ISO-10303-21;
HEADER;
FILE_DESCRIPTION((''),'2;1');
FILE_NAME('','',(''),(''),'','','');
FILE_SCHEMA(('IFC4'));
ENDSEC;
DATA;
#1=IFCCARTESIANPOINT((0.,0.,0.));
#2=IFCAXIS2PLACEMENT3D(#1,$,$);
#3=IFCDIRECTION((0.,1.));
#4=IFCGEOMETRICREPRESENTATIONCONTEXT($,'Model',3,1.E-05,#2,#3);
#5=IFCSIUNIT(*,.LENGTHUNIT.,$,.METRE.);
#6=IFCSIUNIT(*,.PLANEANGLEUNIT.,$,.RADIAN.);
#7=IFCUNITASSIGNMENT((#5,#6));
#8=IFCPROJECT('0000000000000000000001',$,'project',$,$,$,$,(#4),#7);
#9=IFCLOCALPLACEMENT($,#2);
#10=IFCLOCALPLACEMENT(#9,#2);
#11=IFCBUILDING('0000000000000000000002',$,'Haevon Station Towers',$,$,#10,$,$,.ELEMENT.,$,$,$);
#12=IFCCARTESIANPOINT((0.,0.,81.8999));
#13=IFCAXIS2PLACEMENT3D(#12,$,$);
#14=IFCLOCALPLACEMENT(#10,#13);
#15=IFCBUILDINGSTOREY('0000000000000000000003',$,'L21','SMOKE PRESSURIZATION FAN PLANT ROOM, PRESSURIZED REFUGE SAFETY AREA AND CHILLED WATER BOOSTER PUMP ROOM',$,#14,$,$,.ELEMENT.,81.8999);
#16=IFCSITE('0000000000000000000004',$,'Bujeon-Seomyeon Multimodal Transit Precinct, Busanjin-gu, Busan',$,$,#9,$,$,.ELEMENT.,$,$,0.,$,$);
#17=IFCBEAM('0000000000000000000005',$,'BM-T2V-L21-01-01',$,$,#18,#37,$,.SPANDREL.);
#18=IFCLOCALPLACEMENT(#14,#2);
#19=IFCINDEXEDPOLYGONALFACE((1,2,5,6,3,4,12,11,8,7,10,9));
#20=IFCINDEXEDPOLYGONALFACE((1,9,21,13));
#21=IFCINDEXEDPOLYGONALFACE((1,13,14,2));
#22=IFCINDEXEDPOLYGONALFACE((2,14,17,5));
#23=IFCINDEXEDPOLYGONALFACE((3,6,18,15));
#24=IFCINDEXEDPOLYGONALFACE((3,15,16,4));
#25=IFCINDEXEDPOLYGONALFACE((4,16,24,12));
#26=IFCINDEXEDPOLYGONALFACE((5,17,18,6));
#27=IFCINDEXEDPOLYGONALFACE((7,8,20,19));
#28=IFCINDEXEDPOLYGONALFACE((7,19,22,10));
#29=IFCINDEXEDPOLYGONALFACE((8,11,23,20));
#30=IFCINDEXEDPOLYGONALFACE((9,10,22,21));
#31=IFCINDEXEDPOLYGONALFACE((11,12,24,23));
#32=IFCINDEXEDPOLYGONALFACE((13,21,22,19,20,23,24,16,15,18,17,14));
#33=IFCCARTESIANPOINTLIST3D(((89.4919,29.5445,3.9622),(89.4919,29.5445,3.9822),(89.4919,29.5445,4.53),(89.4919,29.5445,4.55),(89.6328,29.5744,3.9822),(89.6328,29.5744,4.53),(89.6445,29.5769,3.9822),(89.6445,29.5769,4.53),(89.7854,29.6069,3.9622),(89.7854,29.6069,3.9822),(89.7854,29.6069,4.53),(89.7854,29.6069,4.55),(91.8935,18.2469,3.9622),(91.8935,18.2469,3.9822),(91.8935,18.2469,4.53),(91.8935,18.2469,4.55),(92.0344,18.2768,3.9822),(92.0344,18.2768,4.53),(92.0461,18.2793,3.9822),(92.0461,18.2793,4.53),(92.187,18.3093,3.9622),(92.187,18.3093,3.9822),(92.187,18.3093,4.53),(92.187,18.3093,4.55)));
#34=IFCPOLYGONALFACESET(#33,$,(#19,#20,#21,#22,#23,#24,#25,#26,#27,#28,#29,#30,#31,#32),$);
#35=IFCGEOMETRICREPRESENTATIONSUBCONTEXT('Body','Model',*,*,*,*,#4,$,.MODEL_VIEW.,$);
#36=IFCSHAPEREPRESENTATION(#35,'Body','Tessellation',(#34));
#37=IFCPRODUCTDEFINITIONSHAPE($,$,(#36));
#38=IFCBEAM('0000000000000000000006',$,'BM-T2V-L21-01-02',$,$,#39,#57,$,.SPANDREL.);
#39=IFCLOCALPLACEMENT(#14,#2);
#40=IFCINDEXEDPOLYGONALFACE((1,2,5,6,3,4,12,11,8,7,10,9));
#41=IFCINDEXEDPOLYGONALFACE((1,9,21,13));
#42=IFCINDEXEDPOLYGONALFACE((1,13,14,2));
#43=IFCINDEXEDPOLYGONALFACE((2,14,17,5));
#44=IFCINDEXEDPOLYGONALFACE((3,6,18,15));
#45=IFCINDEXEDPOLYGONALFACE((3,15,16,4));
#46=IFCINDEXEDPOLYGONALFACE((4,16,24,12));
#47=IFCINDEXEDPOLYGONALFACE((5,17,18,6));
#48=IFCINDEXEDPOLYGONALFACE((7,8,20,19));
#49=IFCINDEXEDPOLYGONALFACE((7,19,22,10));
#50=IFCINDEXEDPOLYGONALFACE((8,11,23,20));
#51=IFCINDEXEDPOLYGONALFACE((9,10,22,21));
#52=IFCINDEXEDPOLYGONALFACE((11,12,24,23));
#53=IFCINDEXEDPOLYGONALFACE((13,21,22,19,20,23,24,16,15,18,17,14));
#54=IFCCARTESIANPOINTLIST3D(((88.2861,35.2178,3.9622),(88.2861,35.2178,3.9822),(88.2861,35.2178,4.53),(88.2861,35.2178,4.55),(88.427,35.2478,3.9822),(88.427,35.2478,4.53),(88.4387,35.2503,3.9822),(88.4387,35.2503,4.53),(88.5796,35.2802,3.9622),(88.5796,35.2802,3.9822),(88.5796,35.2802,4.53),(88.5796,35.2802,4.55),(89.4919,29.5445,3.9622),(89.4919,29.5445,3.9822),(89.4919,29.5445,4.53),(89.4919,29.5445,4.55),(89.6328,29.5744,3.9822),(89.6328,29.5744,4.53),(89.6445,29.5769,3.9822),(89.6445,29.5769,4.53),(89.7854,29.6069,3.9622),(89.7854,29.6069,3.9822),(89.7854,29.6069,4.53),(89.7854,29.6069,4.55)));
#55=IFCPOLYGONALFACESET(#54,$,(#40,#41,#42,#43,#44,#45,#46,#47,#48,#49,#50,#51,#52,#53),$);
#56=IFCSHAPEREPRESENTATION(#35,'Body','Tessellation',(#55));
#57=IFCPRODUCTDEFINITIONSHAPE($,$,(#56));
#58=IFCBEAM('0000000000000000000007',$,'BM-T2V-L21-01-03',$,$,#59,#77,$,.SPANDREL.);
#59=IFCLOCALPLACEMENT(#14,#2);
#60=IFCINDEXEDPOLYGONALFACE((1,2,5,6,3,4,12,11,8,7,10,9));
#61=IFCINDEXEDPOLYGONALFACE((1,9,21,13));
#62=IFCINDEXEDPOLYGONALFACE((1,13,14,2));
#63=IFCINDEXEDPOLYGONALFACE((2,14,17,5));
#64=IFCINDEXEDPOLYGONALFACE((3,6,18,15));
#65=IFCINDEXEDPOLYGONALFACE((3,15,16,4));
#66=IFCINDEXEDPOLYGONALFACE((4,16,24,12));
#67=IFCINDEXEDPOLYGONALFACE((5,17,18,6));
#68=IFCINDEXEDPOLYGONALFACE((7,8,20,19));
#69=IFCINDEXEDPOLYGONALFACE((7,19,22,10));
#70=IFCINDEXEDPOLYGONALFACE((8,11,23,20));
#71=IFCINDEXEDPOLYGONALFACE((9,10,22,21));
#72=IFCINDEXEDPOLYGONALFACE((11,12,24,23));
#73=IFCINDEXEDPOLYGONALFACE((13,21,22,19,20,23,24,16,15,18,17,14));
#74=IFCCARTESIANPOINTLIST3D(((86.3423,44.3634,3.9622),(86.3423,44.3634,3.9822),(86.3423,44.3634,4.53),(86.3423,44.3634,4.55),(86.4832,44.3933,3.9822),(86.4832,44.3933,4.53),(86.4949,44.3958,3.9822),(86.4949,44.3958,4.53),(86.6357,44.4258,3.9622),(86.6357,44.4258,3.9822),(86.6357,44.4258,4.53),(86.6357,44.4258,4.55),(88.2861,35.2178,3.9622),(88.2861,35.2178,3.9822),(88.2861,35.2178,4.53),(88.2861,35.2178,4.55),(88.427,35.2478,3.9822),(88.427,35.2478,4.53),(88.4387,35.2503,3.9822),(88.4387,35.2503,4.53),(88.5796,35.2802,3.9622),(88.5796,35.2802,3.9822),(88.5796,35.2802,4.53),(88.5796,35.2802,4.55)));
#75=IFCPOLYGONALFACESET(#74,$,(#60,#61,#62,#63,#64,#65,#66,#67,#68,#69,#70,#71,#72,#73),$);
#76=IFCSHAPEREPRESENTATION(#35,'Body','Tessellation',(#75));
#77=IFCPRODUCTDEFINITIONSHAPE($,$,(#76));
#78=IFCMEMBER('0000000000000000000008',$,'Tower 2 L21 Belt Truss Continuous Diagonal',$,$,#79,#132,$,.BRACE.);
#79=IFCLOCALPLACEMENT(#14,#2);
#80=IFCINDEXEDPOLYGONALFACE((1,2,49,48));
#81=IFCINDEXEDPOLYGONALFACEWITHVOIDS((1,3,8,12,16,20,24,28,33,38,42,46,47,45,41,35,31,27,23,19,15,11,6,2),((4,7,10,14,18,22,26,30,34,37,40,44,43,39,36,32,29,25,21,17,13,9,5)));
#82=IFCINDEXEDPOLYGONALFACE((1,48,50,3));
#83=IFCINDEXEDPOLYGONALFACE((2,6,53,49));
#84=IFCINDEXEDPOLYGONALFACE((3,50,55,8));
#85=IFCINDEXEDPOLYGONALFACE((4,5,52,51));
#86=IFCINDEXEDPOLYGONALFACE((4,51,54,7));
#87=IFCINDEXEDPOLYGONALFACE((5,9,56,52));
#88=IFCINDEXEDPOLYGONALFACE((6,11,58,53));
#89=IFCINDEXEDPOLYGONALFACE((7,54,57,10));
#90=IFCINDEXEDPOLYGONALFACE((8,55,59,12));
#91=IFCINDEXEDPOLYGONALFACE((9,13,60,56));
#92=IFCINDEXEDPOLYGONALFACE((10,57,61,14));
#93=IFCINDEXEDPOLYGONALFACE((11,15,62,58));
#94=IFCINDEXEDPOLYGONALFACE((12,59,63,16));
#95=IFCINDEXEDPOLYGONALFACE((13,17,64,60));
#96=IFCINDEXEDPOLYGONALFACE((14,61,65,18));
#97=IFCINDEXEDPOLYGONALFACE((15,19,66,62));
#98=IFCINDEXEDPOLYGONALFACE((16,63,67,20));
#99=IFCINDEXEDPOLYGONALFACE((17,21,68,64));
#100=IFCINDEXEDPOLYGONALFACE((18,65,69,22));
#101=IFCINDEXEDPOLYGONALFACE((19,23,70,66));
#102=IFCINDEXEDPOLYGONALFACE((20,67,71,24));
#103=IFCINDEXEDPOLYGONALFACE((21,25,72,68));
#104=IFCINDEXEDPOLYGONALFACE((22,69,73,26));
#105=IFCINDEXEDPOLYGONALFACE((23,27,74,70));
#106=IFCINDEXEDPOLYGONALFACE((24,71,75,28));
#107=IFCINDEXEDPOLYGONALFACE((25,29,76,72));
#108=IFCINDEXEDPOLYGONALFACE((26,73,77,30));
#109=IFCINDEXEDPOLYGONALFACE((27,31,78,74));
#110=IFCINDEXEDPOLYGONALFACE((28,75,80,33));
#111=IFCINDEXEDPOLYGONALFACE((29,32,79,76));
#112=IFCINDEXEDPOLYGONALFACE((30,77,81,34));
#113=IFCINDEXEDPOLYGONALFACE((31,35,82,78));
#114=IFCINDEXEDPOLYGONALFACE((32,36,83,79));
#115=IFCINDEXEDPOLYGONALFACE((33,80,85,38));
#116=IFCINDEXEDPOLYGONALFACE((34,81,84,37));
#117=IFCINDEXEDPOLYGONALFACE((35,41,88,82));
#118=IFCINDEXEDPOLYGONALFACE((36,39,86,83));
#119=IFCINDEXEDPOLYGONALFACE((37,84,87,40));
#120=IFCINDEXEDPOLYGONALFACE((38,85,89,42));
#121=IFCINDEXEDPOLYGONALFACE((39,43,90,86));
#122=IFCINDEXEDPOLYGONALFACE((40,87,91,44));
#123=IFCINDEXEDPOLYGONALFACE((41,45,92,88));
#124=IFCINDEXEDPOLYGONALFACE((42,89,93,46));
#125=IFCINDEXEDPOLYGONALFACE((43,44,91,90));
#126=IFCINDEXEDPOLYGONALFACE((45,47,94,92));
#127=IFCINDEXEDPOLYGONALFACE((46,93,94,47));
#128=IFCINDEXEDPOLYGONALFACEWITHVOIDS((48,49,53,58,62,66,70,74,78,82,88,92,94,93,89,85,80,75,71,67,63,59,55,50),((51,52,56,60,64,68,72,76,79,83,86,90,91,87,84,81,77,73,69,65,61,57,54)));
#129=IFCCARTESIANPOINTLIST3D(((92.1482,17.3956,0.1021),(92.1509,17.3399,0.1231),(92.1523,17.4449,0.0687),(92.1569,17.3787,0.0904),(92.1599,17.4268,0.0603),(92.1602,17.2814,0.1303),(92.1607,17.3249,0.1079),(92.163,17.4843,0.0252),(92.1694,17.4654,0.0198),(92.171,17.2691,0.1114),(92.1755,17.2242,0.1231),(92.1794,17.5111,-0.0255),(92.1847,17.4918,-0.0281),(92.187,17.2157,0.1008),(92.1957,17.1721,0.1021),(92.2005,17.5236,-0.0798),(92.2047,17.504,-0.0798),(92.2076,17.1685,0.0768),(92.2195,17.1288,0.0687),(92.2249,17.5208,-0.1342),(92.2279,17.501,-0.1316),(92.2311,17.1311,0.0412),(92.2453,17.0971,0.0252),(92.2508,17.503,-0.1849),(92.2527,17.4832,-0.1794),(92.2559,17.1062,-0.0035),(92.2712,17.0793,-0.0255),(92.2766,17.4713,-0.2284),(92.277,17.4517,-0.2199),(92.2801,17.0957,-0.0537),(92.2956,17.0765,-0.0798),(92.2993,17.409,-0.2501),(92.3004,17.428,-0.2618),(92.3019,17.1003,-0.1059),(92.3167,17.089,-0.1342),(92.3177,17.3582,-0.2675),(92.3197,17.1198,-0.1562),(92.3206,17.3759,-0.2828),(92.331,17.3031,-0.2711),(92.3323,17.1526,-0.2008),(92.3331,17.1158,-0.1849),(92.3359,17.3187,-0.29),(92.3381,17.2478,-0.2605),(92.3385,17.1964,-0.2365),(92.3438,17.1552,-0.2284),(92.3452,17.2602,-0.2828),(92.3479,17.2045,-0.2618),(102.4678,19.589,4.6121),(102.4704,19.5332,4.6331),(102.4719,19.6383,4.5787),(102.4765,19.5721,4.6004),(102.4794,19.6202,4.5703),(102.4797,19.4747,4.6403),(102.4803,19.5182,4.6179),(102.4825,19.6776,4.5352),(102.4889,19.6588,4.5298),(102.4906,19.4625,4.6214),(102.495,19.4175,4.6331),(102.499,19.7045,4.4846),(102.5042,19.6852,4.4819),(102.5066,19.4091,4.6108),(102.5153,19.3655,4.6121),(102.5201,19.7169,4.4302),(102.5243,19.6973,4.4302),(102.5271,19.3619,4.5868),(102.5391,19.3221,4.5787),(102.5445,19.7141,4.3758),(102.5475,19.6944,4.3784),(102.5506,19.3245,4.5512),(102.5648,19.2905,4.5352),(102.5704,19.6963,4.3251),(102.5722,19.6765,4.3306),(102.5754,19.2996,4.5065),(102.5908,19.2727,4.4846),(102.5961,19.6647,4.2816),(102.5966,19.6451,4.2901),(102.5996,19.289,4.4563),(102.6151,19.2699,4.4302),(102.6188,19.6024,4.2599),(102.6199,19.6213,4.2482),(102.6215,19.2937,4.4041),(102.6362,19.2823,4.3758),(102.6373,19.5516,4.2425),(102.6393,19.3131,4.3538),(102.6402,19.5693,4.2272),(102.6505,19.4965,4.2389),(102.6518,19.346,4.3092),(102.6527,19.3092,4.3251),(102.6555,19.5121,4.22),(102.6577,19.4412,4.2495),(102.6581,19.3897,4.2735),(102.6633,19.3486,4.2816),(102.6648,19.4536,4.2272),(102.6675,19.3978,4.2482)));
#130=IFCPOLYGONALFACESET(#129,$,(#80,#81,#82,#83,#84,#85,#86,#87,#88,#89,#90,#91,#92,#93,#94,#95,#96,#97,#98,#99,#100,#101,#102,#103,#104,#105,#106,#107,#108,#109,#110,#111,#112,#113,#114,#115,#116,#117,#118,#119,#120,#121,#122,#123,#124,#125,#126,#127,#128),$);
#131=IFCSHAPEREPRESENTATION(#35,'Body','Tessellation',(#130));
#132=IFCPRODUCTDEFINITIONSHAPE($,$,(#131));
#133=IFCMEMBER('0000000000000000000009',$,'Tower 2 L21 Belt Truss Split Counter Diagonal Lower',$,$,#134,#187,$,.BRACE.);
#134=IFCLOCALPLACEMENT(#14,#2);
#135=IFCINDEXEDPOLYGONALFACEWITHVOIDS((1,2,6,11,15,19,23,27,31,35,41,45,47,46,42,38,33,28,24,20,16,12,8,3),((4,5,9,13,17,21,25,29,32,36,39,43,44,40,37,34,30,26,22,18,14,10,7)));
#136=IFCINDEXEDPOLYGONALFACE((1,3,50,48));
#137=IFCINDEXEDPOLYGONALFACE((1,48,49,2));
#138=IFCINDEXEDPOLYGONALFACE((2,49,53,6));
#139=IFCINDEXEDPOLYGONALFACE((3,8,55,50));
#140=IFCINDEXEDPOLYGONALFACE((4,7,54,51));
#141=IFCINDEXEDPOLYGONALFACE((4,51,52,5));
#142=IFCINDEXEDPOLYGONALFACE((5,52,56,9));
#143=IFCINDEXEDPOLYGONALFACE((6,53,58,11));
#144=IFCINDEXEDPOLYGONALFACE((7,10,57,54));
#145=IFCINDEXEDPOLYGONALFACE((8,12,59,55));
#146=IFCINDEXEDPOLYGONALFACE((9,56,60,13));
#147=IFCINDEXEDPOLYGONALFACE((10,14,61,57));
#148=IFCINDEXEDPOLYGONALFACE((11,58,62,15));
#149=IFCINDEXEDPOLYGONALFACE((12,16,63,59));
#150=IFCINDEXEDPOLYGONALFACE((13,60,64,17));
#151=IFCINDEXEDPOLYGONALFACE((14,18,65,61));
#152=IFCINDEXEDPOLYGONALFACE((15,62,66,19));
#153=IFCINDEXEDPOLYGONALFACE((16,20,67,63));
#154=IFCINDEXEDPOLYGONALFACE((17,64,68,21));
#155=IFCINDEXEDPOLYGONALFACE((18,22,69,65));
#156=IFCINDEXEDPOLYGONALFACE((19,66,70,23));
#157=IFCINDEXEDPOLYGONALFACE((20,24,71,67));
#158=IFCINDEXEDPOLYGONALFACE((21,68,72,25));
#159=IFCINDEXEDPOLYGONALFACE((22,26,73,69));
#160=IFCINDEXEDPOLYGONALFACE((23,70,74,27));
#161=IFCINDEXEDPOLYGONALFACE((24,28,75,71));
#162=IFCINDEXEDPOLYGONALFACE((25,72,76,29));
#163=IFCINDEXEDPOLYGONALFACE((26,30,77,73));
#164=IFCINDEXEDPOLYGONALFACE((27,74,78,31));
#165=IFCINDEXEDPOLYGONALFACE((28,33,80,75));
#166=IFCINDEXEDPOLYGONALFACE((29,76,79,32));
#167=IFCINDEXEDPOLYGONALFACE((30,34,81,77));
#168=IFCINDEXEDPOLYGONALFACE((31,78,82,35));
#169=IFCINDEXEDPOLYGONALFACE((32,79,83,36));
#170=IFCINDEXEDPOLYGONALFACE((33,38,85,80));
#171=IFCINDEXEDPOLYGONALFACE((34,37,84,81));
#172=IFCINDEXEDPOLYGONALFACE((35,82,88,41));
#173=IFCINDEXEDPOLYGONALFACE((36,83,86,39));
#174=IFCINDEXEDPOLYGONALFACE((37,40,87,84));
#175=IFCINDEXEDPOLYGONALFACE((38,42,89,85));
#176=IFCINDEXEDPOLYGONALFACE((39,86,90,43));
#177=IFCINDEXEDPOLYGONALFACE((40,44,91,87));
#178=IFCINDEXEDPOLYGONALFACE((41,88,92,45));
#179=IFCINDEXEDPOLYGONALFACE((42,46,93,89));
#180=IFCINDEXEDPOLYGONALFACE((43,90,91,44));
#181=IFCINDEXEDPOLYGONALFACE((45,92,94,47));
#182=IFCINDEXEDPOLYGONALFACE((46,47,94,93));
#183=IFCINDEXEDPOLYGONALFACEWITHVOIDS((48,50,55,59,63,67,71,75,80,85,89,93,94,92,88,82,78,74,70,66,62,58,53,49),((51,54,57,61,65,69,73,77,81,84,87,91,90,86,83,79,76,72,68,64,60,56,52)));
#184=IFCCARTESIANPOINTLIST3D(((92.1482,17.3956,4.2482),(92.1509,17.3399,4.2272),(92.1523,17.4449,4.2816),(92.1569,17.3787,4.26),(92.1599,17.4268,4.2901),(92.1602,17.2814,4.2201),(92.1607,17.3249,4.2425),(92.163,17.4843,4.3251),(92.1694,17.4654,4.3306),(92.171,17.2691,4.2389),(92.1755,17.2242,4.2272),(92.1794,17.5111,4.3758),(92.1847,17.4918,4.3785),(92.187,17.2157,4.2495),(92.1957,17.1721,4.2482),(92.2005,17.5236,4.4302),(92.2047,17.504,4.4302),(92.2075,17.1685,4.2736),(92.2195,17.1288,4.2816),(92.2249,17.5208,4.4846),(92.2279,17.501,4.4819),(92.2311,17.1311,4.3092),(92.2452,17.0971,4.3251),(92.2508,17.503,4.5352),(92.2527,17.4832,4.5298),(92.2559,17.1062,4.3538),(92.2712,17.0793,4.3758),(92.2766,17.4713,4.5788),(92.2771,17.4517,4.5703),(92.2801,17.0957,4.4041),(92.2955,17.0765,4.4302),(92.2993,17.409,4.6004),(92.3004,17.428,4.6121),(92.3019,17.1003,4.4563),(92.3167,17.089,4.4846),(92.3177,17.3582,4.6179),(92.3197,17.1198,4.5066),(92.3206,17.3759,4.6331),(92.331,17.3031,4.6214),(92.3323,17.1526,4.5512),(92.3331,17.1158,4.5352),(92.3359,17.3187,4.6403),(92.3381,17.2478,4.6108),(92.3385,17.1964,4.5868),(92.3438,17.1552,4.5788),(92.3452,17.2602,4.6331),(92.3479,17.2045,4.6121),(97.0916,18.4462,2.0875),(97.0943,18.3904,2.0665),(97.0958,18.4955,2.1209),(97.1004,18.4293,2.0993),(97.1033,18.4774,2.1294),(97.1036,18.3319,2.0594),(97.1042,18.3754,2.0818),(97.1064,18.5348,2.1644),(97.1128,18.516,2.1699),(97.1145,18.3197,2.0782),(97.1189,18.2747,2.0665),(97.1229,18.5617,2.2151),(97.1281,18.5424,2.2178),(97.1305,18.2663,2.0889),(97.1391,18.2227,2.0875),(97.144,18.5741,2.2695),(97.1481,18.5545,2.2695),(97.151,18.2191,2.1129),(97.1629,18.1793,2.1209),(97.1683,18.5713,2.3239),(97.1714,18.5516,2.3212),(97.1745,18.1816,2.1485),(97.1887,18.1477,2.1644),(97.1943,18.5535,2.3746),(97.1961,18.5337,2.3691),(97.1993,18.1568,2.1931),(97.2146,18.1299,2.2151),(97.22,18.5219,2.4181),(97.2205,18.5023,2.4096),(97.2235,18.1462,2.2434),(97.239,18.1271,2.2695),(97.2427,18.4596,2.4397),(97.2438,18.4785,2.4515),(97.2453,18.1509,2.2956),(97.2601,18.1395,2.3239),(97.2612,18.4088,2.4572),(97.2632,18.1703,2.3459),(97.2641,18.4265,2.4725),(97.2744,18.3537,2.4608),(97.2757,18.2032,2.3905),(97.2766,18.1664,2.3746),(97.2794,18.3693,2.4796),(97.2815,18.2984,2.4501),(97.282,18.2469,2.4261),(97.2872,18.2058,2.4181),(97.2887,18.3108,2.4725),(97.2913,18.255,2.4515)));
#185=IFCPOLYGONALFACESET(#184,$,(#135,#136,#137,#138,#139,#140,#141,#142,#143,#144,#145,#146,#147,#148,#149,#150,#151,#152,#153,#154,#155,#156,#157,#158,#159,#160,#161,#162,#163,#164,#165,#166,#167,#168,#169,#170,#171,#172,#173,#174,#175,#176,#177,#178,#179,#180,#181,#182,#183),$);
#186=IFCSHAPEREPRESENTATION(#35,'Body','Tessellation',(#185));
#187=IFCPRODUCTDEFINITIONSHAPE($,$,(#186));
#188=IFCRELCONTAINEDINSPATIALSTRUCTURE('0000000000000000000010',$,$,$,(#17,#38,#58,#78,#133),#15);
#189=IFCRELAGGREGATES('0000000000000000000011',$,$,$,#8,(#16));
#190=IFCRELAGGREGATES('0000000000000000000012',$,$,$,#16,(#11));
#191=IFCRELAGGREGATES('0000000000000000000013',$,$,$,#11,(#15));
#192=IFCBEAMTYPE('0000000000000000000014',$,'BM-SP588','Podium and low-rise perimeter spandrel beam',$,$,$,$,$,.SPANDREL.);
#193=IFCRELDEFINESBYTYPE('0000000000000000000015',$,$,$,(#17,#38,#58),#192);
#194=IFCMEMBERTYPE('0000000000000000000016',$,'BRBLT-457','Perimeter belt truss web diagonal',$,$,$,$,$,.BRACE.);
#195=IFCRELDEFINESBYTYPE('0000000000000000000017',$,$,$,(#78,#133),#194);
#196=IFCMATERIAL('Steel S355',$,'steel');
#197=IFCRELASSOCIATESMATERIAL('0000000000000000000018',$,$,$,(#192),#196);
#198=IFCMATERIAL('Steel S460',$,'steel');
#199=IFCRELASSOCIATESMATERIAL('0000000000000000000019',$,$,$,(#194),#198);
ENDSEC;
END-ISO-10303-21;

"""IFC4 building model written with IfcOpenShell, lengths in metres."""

from ifc_helpers import new_model, si_unit, direction, frame, origin, origin_2d, place, context, subcontext, project, spatial, hollow_circle, i_section, extrude, material, material_profile, profile_set, type_object, element, save


model = new_model("IFC4")

# Units and contexts
model_context = context("Model", 3, precision=1e-05, world=origin(), true_north=direction((0.0, 1.0)))
body_context = subcontext(model_context, "Body", "Model", "MODEL_VIEW")
ifc_project = project(units=[si_unit("LENGTHUNIT", "METRE"), si_unit("PLANEANGLEUNIT", "RADIAN")], contexts=[model_context])

# Site, building, storey
site_placement = place(None, origin())
site = spatial("IfcSite", under=ifc_project, at=site_placement, Name="Bujeon-Seomyeon Multimodal Transit Precinct, Busanjin-gu, Busan", CompositionType="ELEMENT", RefElevation=0.0)
building_placement = place(site_placement, origin())
building = spatial("IfcBuilding", under=site, at=building_placement, Name="Haevon Station Towers", CompositionType="ELEMENT")
storey_placement = place(building_placement, frame((0.0, 0.0, 81.8999)))
storey = spatial("IfcBuildingStorey", under=building, at=storey_placement, Name="L21", Description="SMOKE PRESSURIZATION FAN PLANT ROOM, PRESSURIZED REFUGE SAFETY AREA AND CHILLED WATER BOOSTER PUMP ROOM", CompositionType="ELEMENT", Elevation=81.8999)

# Shared definitions
ifc_material_1 = material(Name="Steel S460", Category="steel")

# Beams
ifc_material_2 = material(Name="Steel S355", Category="steel")
ifc_material_profile_1 = material_profile(ifc_material_2, i_section(OverallWidth=0.3, OverallDepth=0.5879, WebThickness=0.012, FlangeThickness=0.02, at=origin_2d()), Name="H-588x300x12x20")
ifc_profile_set_1 = profile_set([ifc_material_profile_1], Name="Steel S355")
beam_type_1 = type_object("IfcBeamType", Name="BM-SP588", Description="Podium and low-rise perimeter spandrel beam", PredefinedType="SPANDREL", material=ifc_profile_set_1)
beam_1_placement = place(storey_placement, frame((92.0403, 18.2781, 4.2561), z_axis=(-0.207931, 0.978144, 0.0), x_axis=(-0.978144, -0.207931, 0.0)))
element("IfcBeam", 1, at=beam_1_placement, inside=storey, type_object=beam_type_1, Name="BM-T2V-L21-01-01", PredefinedType="SPANDREL", context=body_context, shape_type="SweptSolid", body=[
    extrude(i_section(OverallWidth=0.3, OverallDepth=0.5879, WebThickness=0.012, FlangeThickness=0.02, at=origin_2d()), origin(), (0.0, 0.0, 1.0), 11.55),
])
beam_2_placement = place(storey_placement, frame((89.6387, 29.5757, 4.2561), z_axis=(-0.207896, 0.978151, 0.0), x_axis=(-0.978151, -0.207896, 0.0)))
element("IfcBeam", 2, at=beam_2_placement, inside=storey, type_object=beam_type_1, Name="BM-T2V-L21-01-02", PredefinedType="SPANDREL", context=body_context, shape_type="SweptSolid", body=[
    extrude(i_section(OverallWidth=0.3, OverallDepth=0.5879, WebThickness=0.012, FlangeThickness=0.02, at=origin_2d()), origin(), (0.0, 0.0, 1.0), 5.8),
])
beam_3_placement = place(storey_placement, frame((88.4329, 35.249, 4.2561), z_axis=(-0.207902, 0.97815, 0.0), x_axis=(-0.97815, -0.207902, 0.0)))
element("IfcBeam", 3, at=beam_3_placement, inside=storey, type_object=beam_type_1, Name="BM-T2V-L21-01-03", PredefinedType="SPANDREL", context=body_context, shape_type="SweptSolid", body=[
    extrude(i_section(OverallWidth=0.3, OverallDepth=0.5879, WebThickness=0.012, FlangeThickness=0.02, at=origin_2d()), origin(), (0.0, 0.0, 1.0), 9.3499),
])

# Members
ifc_material_profile_2 = material_profile(ifc_material_1, hollow_circle(Radius=0.2285, WallThickness=0.02, at=origin_2d()), Name="CHS-457x20")
ifc_profile_set_2 = profile_set([ifc_material_profile_2], Name="Steel S460")
member_type_1 = type_object("IfcMemberType", Name="BRBLT-457", Description="Perimeter belt truss web diagonal", PredefinedType="BRACE", material=ifc_profile_set_2)
member_1_placement = place(storey_placement, frame((92.248, 17.3, -0.0798), z_axis=(0.899415, 0.191165, 0.393075), x_axis=(-0.207899, 0.97815, 0.0)))
element("IfcMember", 4, at=member_1_placement, inside=storey, type_object=member_type_1, Name="Tower 2 L21 Belt Truss Continuous Diagonal", PredefinedType="BRACE", context=body_context, shape_type="SweptSolid", body=[
    extrude(hollow_circle(Radius=0.2285, WallThickness=0.02, at=origin_2d()), origin(), (0.0, 0.0, 1.0), 11.4736),
])
member_2_placement = place(storey_placement, frame((92.248, 17.3, 4.4302), z_axis=(0.899405, 0.191137, -0.393112), x_axis=(-0.207873, 0.978156, 0.0)))
element("IfcMember", 5, at=member_2_placement, inside=storey, type_object=member_type_1, Name="Tower 2 L21 Belt Truss Split Counter Diagonal Lower", PredefinedType="BRACE", context=body_context, shape_type="SweptSolid", body=[
    extrude(hollow_circle(Radius=0.2285, WallThickness=0.02, at=origin_2d()), origin(), (0.0, 0.0, 1.0), 5.4963),
])

save(model, "model.ifc")
